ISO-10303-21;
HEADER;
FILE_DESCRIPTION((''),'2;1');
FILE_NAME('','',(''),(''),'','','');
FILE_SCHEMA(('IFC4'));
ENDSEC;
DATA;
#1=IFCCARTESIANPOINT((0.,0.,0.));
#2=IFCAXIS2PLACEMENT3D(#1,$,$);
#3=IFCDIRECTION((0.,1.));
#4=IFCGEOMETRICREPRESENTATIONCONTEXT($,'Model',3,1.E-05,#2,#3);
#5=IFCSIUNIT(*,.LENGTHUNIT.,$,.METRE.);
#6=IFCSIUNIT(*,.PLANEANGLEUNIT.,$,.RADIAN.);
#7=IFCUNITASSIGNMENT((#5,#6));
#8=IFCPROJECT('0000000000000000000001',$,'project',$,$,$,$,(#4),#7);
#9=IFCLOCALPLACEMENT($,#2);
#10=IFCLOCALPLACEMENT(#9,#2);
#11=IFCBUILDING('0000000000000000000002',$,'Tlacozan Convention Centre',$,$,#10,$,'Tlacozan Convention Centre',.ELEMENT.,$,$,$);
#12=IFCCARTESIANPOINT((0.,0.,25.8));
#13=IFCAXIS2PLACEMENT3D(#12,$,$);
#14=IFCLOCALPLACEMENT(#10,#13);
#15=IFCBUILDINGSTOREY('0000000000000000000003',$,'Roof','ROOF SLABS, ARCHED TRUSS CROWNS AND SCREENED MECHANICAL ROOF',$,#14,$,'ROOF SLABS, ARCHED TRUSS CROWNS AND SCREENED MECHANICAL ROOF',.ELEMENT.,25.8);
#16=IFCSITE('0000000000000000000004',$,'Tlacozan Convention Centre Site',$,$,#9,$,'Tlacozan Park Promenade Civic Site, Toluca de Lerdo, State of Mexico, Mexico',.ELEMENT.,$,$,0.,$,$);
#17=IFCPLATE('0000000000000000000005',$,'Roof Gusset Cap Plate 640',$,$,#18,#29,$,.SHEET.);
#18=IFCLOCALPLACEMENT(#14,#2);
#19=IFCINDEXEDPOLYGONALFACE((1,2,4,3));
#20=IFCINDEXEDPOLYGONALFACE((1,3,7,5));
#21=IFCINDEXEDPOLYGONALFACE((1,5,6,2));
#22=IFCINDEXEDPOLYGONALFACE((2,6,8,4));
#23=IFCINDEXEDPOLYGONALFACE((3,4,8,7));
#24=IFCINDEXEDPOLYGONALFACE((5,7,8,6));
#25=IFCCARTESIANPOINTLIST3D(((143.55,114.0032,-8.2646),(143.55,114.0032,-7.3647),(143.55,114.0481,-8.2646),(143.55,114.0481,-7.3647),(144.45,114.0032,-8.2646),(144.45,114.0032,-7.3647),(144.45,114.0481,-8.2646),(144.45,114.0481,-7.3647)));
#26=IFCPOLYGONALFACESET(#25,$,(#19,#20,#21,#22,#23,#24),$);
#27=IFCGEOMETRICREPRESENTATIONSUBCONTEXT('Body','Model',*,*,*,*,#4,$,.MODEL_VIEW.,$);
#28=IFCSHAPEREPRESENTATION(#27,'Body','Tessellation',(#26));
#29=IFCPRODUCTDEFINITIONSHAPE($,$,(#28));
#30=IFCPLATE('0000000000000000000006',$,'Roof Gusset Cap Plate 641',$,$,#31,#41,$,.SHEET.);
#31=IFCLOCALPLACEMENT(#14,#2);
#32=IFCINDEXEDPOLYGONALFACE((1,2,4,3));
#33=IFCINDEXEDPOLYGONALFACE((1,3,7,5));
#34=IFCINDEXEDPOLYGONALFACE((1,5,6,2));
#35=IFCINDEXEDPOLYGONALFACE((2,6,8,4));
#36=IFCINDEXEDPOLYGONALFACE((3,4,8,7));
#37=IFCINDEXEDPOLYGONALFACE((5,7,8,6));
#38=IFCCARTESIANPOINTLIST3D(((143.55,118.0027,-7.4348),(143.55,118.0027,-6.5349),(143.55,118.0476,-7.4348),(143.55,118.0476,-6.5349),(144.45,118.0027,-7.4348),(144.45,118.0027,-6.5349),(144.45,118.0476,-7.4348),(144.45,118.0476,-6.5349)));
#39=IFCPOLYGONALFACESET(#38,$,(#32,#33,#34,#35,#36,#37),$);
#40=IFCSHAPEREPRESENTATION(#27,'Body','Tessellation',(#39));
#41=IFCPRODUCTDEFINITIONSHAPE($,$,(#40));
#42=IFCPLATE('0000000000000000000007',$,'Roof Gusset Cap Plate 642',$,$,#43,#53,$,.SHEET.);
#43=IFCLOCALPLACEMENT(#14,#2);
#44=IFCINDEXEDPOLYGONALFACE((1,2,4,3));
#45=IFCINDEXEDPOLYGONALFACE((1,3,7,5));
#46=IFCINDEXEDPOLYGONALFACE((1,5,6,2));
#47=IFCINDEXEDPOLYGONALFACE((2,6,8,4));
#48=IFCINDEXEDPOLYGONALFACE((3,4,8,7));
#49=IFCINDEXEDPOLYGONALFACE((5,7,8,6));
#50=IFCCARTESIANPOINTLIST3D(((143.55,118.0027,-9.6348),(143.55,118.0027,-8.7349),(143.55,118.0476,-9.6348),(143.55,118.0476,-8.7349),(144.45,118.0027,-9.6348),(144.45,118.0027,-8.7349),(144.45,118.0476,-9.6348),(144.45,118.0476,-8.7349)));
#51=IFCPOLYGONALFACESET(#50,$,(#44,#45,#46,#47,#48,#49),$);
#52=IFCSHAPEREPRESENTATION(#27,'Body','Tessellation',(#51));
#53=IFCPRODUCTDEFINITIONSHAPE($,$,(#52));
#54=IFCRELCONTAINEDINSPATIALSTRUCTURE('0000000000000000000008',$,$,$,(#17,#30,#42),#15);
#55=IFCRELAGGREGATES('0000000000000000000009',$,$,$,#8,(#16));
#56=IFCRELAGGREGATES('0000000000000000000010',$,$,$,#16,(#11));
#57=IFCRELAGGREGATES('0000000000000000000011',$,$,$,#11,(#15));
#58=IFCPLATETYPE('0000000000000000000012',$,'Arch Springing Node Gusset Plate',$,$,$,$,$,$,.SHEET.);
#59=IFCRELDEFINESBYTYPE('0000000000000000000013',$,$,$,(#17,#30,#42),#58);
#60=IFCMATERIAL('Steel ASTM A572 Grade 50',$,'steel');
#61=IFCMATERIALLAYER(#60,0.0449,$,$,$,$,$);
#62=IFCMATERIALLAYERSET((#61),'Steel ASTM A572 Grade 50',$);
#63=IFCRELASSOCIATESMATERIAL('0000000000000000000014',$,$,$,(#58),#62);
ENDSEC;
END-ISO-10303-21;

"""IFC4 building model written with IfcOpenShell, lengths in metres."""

from ifc_helpers import new_model, si_unit, direction, frame, origin, origin_2d, place, context, subcontext, project, spatial, rectangle, extrude, material, layer, layer_set, type_object, element, save


model = new_model("IFC4")

# Units and contexts
model_context = context("Model", 3, precision=1e-05, world=origin(), true_north=direction((0.0, 1.0)))
body_context = subcontext(model_context, "Body", "Model", "MODEL_VIEW")
ifc_project = project(units=[si_unit("LENGTHUNIT", "METRE"), si_unit("PLANEANGLEUNIT", "RADIAN")], contexts=[model_context])

# Site, building, storey
site_placement = place(None, origin())
site = spatial("IfcSite", under=ifc_project, at=site_placement, Name="Tlacozan Convention Centre Site", LongName="Tlacozan Park Promenade Civic Site, Toluca de Lerdo, State of Mexico, Mexico", CompositionType="ELEMENT", RefElevation=0.0)
building_placement = place(site_placement, origin())
building = spatial("IfcBuilding", under=site, at=building_placement, Name="Tlacozan Convention Centre", LongName="Tlacozan Convention Centre", CompositionType="ELEMENT")
storey_placement = place(building_placement, frame((0.0, 0.0, 25.8)))
storey = spatial("IfcBuildingStorey", under=building, at=storey_placement, Name="Roof", Description="ROOF SLABS, ARCHED TRUSS CROWNS AND SCREENED MECHANICAL ROOF", LongName="ROOF SLABS, ARCHED TRUSS CROWNS AND SCREENED MECHANICAL ROOF", CompositionType="ELEMENT", Elevation=25.8)

# Plates
ifc_material_1 = material(Name="Steel ASTM A572 Grade 50", Category="steel")
ifc_layer = layer(ifc_material_1, 0.0449)
ifc_layer_set = layer_set([ifc_layer], Name="Steel ASTM A572 Grade 50")
plate_type = type_object("IfcPlateType", Name="Arch Springing Node Gusset Plate", PredefinedType="SHEET", material=ifc_layer_set)
for number, where, z_axis, x_axis, name in (
    (1, (144.0, 114.0256, -8.2646), (0.0, 0.0, 1.0), (0.0, 1.0, 0.0), "Roof Gusset Cap Plate 640"),
    (2, (144.0, 118.0251, -7.4348), (0.0, 0.0, 1.0), (0.0, 1.0, 0.0), "Roof Gusset Cap Plate 641"),
    (3, (144.0, 118.0251, -9.6348), (0.0, 0.0, 1.0), (0.0, 1.0, 0.0), "Roof Gusset Cap Plate 642"),
):
    element("IfcPlate", number, at=place(storey_placement, frame(where, z_axis=z_axis, x_axis=x_axis)), inside=storey, type_object=plate_type, Name=name, PredefinedType="SHEET", context=body_context, shape_type="SweptSolid", body=[
        extrude(rectangle(XDim=0.0449, YDim=0.8999, at=origin_2d()), origin(), (0.0, 0.0, 1.0), 0.8999),
    ])

save(model, "model.ifc")
